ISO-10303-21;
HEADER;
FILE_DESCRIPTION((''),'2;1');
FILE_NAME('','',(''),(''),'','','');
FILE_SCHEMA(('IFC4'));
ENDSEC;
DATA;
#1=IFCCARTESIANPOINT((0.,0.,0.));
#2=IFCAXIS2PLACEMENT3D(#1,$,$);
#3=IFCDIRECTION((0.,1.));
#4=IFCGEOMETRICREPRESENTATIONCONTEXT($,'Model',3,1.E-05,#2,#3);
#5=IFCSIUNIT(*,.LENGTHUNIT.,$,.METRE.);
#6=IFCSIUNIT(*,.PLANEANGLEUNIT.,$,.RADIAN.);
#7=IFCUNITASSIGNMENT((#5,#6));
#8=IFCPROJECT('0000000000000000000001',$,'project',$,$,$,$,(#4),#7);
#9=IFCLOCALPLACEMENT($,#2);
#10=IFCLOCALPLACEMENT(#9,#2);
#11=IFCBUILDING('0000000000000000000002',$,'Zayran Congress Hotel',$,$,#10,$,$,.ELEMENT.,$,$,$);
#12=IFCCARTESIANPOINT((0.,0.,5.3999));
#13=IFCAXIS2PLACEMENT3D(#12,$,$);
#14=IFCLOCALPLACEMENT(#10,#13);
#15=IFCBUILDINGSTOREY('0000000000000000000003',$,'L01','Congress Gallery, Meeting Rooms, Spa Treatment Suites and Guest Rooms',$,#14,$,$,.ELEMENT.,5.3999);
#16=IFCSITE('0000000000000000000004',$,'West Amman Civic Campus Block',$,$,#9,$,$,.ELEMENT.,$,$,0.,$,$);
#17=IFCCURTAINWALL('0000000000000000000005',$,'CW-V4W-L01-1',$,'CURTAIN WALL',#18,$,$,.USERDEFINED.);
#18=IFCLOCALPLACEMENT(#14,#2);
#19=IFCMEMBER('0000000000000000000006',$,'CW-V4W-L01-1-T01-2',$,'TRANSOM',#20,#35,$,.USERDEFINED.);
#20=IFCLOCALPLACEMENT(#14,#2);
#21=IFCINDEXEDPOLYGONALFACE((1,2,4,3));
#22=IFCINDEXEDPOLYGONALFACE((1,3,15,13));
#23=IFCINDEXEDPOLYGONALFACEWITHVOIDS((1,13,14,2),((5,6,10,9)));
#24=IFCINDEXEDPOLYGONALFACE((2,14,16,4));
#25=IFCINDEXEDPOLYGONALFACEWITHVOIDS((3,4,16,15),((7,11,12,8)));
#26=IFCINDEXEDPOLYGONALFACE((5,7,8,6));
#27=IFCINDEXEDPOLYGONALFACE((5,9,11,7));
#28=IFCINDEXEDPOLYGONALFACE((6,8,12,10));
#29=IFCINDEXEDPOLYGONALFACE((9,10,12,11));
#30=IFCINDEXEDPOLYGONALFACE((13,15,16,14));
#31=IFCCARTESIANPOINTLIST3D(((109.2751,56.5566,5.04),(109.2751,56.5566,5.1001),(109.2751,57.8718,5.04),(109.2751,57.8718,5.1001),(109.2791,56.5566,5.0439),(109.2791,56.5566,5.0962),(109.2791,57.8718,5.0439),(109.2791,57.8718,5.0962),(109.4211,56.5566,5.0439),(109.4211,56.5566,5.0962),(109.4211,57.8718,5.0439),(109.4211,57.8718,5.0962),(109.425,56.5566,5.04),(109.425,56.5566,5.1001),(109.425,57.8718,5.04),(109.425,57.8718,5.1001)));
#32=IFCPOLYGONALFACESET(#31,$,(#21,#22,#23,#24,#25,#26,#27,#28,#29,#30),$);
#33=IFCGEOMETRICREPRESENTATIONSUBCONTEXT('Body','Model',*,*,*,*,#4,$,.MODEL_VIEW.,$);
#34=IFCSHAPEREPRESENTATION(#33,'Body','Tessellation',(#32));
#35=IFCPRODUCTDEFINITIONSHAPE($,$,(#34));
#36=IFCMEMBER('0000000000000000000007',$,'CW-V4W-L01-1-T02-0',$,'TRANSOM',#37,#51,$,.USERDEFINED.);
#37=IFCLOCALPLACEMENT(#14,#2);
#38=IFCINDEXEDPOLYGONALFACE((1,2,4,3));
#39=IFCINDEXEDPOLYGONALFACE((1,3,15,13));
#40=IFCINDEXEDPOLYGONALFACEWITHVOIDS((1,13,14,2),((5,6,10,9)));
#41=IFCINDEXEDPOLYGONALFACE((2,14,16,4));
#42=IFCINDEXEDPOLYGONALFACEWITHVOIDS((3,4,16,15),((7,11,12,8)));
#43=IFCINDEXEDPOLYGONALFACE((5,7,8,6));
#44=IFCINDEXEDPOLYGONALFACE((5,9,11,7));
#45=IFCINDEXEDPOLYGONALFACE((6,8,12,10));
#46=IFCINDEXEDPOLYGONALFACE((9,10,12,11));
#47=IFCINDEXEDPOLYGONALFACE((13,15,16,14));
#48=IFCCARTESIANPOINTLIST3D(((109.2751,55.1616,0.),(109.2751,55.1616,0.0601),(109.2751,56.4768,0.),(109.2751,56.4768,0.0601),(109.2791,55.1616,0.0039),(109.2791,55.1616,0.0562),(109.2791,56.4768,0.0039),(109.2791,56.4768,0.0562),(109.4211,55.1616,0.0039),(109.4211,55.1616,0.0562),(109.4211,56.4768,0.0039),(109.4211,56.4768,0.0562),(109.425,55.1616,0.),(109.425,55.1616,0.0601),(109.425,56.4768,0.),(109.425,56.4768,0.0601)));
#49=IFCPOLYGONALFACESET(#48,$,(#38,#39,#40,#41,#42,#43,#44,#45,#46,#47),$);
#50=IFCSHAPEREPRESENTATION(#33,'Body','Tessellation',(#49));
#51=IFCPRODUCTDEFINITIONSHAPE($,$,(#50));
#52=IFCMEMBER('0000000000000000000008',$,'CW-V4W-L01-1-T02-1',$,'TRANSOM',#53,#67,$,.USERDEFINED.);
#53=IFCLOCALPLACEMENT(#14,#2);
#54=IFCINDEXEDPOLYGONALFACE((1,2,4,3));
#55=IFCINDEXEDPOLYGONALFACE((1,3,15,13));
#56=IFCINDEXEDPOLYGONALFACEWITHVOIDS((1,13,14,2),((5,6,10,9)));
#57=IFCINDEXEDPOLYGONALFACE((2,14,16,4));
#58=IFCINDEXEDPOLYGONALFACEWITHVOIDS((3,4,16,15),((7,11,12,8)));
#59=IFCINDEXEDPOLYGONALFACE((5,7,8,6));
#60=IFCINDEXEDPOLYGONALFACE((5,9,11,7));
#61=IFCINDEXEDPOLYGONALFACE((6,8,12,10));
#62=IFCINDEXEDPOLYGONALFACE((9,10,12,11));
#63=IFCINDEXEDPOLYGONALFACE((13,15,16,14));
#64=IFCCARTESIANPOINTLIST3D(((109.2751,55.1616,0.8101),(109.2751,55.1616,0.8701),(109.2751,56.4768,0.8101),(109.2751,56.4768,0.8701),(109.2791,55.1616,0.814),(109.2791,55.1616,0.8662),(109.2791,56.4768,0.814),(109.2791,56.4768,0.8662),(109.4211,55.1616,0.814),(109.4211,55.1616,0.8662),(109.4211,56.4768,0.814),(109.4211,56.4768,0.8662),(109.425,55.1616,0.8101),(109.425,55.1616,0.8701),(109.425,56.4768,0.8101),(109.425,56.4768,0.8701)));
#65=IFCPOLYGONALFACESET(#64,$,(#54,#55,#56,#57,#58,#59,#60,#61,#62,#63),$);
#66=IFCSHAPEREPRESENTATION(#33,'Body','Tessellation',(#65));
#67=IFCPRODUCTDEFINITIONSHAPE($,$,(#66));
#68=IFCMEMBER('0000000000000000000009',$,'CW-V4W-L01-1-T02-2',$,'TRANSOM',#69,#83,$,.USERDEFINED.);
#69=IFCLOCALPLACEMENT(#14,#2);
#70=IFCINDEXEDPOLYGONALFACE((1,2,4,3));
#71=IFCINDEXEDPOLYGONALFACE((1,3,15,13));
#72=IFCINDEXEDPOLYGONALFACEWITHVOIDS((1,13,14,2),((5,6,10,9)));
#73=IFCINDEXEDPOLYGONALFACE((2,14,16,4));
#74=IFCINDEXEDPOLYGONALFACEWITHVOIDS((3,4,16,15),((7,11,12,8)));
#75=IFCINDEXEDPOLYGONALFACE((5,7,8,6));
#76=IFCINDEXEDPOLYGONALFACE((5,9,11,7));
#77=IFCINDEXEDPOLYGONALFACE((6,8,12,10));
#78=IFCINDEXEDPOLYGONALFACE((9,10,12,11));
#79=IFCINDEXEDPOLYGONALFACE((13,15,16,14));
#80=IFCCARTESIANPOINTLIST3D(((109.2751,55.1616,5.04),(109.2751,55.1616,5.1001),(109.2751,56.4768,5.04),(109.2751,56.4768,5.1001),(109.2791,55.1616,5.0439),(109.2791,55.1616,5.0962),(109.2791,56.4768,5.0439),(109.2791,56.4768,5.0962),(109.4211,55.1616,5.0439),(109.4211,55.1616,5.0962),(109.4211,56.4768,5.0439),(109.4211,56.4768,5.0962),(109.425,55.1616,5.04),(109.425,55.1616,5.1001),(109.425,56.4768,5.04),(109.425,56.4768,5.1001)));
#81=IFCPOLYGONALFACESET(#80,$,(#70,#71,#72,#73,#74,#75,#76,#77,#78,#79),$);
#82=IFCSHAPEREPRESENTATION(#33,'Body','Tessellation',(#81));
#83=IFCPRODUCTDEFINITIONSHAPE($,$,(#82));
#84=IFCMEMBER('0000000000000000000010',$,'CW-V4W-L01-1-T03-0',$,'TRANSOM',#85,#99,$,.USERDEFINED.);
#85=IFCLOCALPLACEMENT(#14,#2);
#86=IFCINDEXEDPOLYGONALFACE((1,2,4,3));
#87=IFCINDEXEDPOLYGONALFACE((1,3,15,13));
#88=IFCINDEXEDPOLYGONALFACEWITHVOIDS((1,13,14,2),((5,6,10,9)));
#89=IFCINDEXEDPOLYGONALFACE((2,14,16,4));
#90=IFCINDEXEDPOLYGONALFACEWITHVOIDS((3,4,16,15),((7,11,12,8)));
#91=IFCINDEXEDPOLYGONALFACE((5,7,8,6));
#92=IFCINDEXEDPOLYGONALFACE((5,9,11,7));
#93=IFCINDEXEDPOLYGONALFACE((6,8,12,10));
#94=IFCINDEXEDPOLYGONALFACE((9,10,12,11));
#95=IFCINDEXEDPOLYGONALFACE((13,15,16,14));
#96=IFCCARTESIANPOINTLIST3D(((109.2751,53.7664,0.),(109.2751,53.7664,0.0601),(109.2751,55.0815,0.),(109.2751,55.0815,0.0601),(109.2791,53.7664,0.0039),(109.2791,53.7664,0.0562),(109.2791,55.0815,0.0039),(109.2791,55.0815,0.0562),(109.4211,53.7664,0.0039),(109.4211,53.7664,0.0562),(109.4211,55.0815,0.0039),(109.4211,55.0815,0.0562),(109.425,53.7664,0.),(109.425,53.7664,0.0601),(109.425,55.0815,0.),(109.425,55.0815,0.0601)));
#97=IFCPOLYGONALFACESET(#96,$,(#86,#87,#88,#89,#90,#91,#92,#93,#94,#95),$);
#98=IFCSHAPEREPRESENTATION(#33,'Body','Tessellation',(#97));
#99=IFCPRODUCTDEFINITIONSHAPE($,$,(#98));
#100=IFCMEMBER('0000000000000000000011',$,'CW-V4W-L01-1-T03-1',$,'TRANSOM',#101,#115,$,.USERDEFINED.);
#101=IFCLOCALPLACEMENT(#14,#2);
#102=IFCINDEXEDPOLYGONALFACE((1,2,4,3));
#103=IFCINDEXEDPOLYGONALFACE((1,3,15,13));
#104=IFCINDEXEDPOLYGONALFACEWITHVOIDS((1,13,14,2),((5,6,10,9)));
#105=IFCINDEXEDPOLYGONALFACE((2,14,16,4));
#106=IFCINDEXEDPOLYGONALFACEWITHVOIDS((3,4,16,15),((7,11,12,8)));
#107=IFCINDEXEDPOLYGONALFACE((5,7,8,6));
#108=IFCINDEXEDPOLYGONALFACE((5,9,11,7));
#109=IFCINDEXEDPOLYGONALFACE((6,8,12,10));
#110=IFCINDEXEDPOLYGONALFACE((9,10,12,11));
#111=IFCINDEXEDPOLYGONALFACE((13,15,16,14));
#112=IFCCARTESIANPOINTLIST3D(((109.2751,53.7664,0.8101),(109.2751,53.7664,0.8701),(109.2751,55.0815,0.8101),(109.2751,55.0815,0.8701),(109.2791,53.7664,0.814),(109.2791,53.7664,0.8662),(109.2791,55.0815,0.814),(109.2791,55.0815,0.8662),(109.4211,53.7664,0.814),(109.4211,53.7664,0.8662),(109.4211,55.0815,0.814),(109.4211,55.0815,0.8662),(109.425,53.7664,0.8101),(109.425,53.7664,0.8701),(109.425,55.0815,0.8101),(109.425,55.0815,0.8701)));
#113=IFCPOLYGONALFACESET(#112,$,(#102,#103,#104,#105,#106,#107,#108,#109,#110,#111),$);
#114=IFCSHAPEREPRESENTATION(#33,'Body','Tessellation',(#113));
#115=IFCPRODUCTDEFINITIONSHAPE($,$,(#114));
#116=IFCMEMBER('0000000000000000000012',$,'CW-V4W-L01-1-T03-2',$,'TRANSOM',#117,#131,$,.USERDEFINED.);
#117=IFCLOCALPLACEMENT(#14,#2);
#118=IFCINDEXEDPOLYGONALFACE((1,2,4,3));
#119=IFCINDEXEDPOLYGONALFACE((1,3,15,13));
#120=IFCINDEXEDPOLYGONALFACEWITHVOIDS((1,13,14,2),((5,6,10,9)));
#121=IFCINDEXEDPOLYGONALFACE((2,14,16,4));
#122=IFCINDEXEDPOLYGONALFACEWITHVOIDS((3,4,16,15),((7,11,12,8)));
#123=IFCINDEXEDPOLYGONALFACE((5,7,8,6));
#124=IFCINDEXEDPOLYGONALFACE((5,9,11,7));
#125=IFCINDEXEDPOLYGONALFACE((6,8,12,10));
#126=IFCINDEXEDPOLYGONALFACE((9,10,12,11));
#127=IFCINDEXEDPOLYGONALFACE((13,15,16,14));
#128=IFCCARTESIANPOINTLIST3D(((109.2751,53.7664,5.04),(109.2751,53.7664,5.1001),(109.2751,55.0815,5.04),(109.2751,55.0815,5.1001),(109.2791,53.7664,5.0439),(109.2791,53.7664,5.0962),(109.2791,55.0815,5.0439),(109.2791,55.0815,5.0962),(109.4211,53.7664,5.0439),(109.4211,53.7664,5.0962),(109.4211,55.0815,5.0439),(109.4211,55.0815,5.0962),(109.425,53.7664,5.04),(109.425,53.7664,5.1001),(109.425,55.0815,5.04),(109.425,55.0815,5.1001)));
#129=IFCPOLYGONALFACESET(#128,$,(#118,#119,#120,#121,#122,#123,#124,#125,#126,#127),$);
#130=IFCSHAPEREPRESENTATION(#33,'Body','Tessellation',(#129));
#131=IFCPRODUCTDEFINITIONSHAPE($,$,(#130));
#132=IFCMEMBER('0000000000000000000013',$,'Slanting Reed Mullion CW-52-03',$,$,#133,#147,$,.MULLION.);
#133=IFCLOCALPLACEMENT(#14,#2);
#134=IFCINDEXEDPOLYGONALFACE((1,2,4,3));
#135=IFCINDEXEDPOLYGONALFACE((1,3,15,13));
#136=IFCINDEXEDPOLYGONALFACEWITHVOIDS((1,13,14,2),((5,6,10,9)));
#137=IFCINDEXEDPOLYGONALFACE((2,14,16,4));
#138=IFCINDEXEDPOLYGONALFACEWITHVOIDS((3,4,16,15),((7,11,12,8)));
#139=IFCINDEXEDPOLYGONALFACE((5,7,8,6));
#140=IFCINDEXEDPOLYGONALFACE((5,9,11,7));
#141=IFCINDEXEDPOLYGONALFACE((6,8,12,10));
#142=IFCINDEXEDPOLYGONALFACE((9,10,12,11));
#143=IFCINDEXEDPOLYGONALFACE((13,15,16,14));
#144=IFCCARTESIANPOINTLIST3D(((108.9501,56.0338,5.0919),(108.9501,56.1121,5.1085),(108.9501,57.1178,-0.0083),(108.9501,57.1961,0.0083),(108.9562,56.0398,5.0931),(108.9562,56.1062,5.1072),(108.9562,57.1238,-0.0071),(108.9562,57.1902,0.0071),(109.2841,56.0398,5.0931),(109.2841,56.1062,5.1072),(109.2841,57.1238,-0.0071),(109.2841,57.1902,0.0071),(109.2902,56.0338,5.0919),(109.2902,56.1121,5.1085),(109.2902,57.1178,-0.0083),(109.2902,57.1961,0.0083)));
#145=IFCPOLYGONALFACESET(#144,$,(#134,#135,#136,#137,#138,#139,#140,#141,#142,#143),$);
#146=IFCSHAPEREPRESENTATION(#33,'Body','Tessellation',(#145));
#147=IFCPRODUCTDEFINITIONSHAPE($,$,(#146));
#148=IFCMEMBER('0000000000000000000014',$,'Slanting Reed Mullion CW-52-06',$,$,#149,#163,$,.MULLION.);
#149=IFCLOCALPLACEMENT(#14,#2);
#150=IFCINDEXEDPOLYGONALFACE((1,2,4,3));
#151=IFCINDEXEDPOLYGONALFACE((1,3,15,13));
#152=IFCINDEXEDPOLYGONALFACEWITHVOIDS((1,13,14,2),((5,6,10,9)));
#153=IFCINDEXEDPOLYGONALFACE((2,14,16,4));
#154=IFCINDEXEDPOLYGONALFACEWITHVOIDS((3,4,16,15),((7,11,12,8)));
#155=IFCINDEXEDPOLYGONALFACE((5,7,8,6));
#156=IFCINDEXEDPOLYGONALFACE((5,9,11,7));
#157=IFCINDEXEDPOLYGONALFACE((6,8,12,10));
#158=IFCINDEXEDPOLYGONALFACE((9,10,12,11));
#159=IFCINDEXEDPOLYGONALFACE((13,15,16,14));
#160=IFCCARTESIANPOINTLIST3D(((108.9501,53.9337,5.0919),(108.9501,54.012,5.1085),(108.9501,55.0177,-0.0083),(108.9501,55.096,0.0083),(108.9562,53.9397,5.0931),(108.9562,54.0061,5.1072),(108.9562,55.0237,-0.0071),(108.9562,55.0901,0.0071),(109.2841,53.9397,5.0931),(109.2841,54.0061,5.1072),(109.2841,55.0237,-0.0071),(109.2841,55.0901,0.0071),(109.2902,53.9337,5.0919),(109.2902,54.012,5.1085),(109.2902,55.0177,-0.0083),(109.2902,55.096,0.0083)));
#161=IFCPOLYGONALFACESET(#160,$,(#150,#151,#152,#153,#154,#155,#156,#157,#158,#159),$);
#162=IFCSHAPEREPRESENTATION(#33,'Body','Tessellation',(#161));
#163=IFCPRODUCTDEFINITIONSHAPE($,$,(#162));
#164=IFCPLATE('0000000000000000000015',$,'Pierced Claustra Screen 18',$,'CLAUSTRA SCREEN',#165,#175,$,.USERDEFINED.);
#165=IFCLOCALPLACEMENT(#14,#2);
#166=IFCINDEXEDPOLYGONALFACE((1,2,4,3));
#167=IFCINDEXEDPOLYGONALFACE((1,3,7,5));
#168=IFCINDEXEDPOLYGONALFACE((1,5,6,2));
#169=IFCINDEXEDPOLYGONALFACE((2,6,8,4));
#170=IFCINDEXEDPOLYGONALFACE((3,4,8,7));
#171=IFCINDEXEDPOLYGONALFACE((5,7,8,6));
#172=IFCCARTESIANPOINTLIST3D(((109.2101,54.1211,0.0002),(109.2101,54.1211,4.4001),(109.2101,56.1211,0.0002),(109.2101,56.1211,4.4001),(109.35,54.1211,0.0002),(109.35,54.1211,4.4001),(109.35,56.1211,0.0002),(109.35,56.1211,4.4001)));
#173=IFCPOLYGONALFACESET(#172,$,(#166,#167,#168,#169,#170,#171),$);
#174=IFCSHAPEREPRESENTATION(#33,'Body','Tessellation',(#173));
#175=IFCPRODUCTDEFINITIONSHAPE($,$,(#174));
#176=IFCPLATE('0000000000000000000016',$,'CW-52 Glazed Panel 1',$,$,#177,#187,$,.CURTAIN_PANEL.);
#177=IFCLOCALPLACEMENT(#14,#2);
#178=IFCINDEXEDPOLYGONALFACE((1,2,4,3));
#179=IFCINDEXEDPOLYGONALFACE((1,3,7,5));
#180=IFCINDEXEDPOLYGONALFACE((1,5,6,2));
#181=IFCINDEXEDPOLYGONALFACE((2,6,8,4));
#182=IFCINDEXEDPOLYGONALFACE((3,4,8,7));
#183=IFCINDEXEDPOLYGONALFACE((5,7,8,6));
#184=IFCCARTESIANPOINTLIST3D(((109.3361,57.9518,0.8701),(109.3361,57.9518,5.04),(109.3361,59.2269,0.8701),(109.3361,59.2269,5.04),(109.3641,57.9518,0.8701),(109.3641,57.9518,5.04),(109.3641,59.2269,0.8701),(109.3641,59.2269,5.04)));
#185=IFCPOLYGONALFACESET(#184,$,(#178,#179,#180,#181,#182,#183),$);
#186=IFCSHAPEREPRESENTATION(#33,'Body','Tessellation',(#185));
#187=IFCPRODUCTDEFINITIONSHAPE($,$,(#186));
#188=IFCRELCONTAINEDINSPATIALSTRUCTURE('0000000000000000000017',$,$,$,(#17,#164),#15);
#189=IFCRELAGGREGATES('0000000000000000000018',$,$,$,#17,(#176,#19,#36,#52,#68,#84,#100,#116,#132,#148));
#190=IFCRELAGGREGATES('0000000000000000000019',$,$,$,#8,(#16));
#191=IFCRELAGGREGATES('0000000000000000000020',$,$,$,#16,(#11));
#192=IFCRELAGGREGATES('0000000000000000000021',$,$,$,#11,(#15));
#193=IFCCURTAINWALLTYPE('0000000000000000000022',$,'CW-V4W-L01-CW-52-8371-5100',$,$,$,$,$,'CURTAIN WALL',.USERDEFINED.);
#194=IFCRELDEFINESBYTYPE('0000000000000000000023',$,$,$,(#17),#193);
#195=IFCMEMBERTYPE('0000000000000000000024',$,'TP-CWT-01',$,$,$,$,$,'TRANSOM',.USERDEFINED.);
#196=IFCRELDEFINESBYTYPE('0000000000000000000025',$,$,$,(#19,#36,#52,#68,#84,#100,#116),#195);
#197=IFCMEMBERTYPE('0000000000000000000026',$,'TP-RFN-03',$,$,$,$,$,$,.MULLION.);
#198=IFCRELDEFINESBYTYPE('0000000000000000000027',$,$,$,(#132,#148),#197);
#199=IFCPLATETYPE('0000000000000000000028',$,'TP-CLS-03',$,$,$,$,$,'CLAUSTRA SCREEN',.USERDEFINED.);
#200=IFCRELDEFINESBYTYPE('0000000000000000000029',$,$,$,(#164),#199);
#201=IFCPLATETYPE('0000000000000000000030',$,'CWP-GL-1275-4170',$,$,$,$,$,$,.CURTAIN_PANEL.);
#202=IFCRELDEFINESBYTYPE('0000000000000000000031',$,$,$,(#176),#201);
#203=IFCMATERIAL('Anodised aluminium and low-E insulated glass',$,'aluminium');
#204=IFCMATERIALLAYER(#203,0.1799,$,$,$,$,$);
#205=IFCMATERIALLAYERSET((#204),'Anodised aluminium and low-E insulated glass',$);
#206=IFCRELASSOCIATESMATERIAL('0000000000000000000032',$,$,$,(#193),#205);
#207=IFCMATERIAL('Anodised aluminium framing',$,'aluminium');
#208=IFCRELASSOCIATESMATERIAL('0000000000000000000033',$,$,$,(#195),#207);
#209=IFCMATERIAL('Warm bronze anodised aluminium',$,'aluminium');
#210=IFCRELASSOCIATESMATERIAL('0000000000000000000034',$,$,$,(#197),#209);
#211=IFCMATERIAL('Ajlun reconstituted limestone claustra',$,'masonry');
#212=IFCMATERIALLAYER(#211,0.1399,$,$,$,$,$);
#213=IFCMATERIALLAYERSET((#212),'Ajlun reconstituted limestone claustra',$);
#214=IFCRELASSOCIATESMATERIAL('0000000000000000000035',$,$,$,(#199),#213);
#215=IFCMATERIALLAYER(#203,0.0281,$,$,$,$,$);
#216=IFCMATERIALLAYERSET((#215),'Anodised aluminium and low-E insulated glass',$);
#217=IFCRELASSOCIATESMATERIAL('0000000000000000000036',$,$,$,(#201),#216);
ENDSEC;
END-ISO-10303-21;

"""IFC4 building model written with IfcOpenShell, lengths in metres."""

from ifc_helpers import new_model, si_unit, direction, frame, origin, origin_2d, place, context, subcontext, project, spatial, rectangle, hollow_rectangle, extrude, material, layer, layer_set, material_profile, profile_set, type_object, element, aggregate, save


model = new_model("IFC4")

# Units and contexts
model_context = context("Model", 3, precision=1e-05, world=origin(), true_north=direction((0.0, 1.0)))
body_context = subcontext(model_context, "Body", "Model", "MODEL_VIEW")
ifc_project = project(units=[si_unit("LENGTHUNIT", "METRE"), si_unit("PLANEANGLEUNIT", "RADIAN")], contexts=[model_context])

# Site, building, storey
site_placement = place(None, origin())
site = spatial("IfcSite", under=ifc_project, at=site_placement, Name="West Amman Civic Campus Block", CompositionType="ELEMENT", RefElevation=0.0)
building_placement = place(site_placement, origin())
building = spatial("IfcBuilding", under=site, at=building_placement, Name="Zayran Congress Hotel", CompositionType="ELEMENT")
storey_placement = place(building_placement, frame((0.0, 0.0, 5.3999)))
storey = spatial("IfcBuildingStorey", under=building, at=storey_placement, Name="L01", Description="Congress Gallery, Meeting Rooms, Spa Treatment Suites and Guest Rooms", CompositionType="ELEMENT", Elevation=5.3999)

# Curtain wall
ifc_material_1 = material(Name="Anodised aluminium and low-E insulated glass", Category="aluminium")
ifc_layer_1 = layer(ifc_material_1, 0.1799)
ifc_layer_set_1 = layer_set([ifc_layer_1], Name="Anodised aluminium and low-E insulated glass")
curtain_wall_type_1 = type_object("IfcCurtainWallType", Name="CW-V4W-L01-CW-52-8371-5100", ElementType="CURTAIN WALL", PredefinedType="USERDEFINED", material=ifc_layer_set_1)
curtain_wall_1_placement = place(storey_placement, origin())
curtain_wall_1 = element("IfcCurtainWall", 1, at=curtain_wall_1_placement, inside=storey, type_object=curtain_wall_type_1, Name="CW-V4W-L01-1", ObjectType="CURTAIN WALL", PredefinedType="USERDEFINED")
ifc_material_2 = material(Name="Anodised aluminium framing", Category="aluminium")

# Members
ifc_material_profile_1 = material_profile(ifc_material_2, hollow_rectangle(XDim=0.0601, YDim=0.1499, WallThickness=0.0039, at=origin_2d()), Name="RHS 150x60x4")
ifc_profile_set_1 = profile_set([ifc_material_profile_1], Name="Anodised aluminium framing")
member_type_1 = type_object("IfcMemberType", Name="TP-CWT-01", ElementType="TRANSOM", PredefinedType="USERDEFINED", material=ifc_profile_set_1)
member_1_placement = place(storey_placement, frame((109.3501, 57.8718, 5.0701), z_axis=(0.0, -1.0, 0.0), x_axis=(0.0, 0.0, 1.0)))
member_1 = element("IfcMember", 2, at=member_1_placement, type_object=member_type_1, Name="CW-V4W-L01-1-T01-2", ObjectType="TRANSOM", PredefinedType="USERDEFINED", context=body_context, shape_type="SweptSolid", body=[
    extrude(hollow_rectangle(XDim=0.0601, YDim=0.1499, WallThickness=0.0039, at=origin_2d()), origin(), (0.0, 0.0, 1.0), 1.3152),
])
member_2_placement = place(storey_placement, frame((109.3501, 56.4768, 0.03), z_axis=(0.0, -1.0, 0.0), x_axis=(0.0, 0.0, 1.0)))
member_2 = element("IfcMember", 3, at=member_2_placement, type_object=member_type_1, Name="CW-V4W-L01-1-T02-0", ObjectType="TRANSOM", PredefinedType="USERDEFINED", context=body_context, shape_type="SweptSolid", body=[
    extrude(hollow_rectangle(XDim=0.0601, YDim=0.1499, WallThickness=0.0039, at=origin_2d()), origin(), (0.0, 0.0, 1.0), 1.3152),
])
member_3_placement = place(storey_placement, frame((109.3501, 56.4768, 0.8401), z_axis=(0.0, -1.0, 0.0), x_axis=(0.0, 0.0, 1.0)))
member_3 = element("IfcMember", 4, at=member_3_placement, type_object=member_type_1, Name="CW-V4W-L01-1-T02-1", ObjectType="TRANSOM", PredefinedType="USERDEFINED", context=body_context, shape_type="SweptSolid", body=[
    extrude(hollow_rectangle(XDim=0.0601, YDim=0.1499, WallThickness=0.0039, at=origin_2d()), origin(), (0.0, 0.0, 1.0), 1.3152),
])
member_4_placement = place(storey_placement, frame((109.3501, 56.4768, 5.0701), z_axis=(0.0, -1.0, 0.0), x_axis=(0.0, 0.0, 1.0)))
member_4 = element("IfcMember", 5, at=member_4_placement, type_object=member_type_1, Name="CW-V4W-L01-1-T02-2", ObjectType="TRANSOM", PredefinedType="USERDEFINED", context=body_context, shape_type="SweptSolid", body=[
    extrude(hollow_rectangle(XDim=0.0601, YDim=0.1499, WallThickness=0.0039, at=origin_2d()), origin(), (0.0, 0.0, 1.0), 1.3152),
])
member_5_placement = place(storey_placement, frame((109.3501, 55.0815, 0.03), z_axis=(0.0, -1.0, 0.0), x_axis=(0.0, 0.0, 1.0)))
member_5 = element("IfcMember", 6, at=member_5_placement, type_object=member_type_1, Name="CW-V4W-L01-1-T03-0", ObjectType="TRANSOM", PredefinedType="USERDEFINED", context=body_context, shape_type="SweptSolid", body=[
    extrude(hollow_rectangle(XDim=0.0601, YDim=0.1499, WallThickness=0.0039, at=origin_2d()), origin(), (0.0, 0.0, 1.0), 1.3152),
])
member_6_placement = place(storey_placement, frame((109.3501, 55.0815, 0.8401), z_axis=(0.0, -1.0, 0.0), x_axis=(0.0, 0.0, 1.0)))
member_6 = element("IfcMember", 7, at=member_6_placement, type_object=member_type_1, Name="CW-V4W-L01-1-T03-1", ObjectType="TRANSOM", PredefinedType="USERDEFINED", context=body_context, shape_type="SweptSolid", body=[
    extrude(hollow_rectangle(XDim=0.0601, YDim=0.1499, WallThickness=0.0039, at=origin_2d()), origin(), (0.0, 0.0, 1.0), 1.3152),
])
member_7_placement = place(storey_placement, frame((109.3501, 55.0815, 5.0701), z_axis=(0.0, -1.0, 0.0), x_axis=(0.0, 0.0, 1.0)))
member_7 = element("IfcMember", 8, at=member_7_placement, type_object=member_type_1, Name="CW-V4W-L01-1-T03-2", ObjectType="TRANSOM", PredefinedType="USERDEFINED", context=body_context, shape_type="SweptSolid", body=[
    extrude(hollow_rectangle(XDim=0.0601, YDim=0.1499, WallThickness=0.0039, at=origin_2d()), origin(), (0.0, 0.0, 1.0), 1.3152),
])
ifc_material_3 = material(Name="Warm bronze anodised aluminium", Category="aluminium")
ifc_material_profile_2 = material_profile(ifc_material_3, hollow_rectangle(XDim=0.0801, YDim=0.3401, WallThickness=0.0061, at=origin_2d()), Name="RHS 340x80x6")
ifc_profile_set_2 = profile_set([ifc_material_profile_2], Name="Warm bronze anodised aluminium")
member_type_2 = type_object("IfcMemberType", Name="TP-RFN-03", PredefinedType="MULLION", material=ifc_profile_set_2)
member_8_placement = place(storey_placement, frame((109.1201, 57.157, 0.0), z_axis=(0.0, -0.207898, 0.978151), x_axis=(0.0, 0.978151, 0.207898)))
member_8 = element("IfcMember", 9, at=member_8_placement, type_object=member_type_2, Name="Slanting Reed Mullion CW-52-03", PredefinedType="MULLION", context=body_context, shape_type="SweptSolid", body=[
    extrude(hollow_rectangle(XDim=0.0801, YDim=0.3401, WallThickness=0.0061, at=origin_2d()), origin(), (0.0, 0.0, 1.0), 5.2141),
])
member_9_placement = place(storey_placement, frame((109.1201, 55.0569, 0.0), z_axis=(0.0, -0.207898, 0.978151), x_axis=(0.0, 0.978151, 0.207898)))
member_9 = element("IfcMember", 10, at=member_9_placement, type_object=member_type_2, Name="Slanting Reed Mullion CW-52-06", PredefinedType="MULLION", context=body_context, shape_type="SweptSolid", body=[
    extrude(hollow_rectangle(XDim=0.0801, YDim=0.3401, WallThickness=0.0061, at=origin_2d()), origin(), (0.0, 0.0, 1.0), 5.2141),
])

# Plates
ifc_material_4 = material(Name="Ajlun reconstituted limestone claustra", Category="masonry")
ifc_layer_2 = layer(ifc_material_4, 0.1399)
ifc_layer_set_2 = layer_set([ifc_layer_2], Name="Ajlun reconstituted limestone claustra")
plate_type_1 = type_object("IfcPlateType", Name="TP-CLS-03", ElementType="CLAUSTRA SCREEN", PredefinedType="USERDEFINED", material=ifc_layer_set_2)
plate_1_placement = place(storey_placement, frame((109.28, 55.1211, 0.0002), z_axis=(0.0, 0.0, 1.0), x_axis=(0.0, 1.0, 0.0)))
element("IfcPlate", 11, at=plate_1_placement, inside=storey, type_object=plate_type_1, Name="Pierced Claustra Screen 18", ObjectType="CLAUSTRA SCREEN", PredefinedType="USERDEFINED", context=body_context, shape_type="SweptSolid", body=[
    extrude(rectangle(XDim=2.0, YDim=0.1399, at=origin_2d()), origin(), (0.0, 0.0, 1.0), 4.3999),
])
ifc_layer_3 = layer(ifc_material_1, 0.0281)
ifc_layer_set_3 = layer_set([ifc_layer_3], Name="Anodised aluminium and low-E insulated glass")
plate_type_2 = type_object("IfcPlateType", Name="CWP-GL-1275-4170", PredefinedType="CURTAIN_PANEL", material=ifc_layer_set_3)
plate_2_placement = place(storey_placement, frame((109.3501, 58.5894, 0.8701), z_axis=(0.0, 0.0, 1.0), x_axis=(0.0, 1.0, 0.0)))
plate_2 = element("IfcPlate", 12, at=plate_2_placement, type_object=plate_type_2, Name="CW-52 Glazed Panel 1", PredefinedType="CURTAIN_PANEL", context=body_context, shape_type="SweptSolid", body=[
    extrude(rectangle(XDim=1.2751, YDim=0.0281, at=origin_2d()), origin(), (0.0, 0.0, 1.0), 4.1699),
])
aggregate(curtain_wall_1, [plate_2, member_1, member_2, member_3, member_4, member_5, member_6, member_7, member_8, member_9])

save(model, "model.ifc")
